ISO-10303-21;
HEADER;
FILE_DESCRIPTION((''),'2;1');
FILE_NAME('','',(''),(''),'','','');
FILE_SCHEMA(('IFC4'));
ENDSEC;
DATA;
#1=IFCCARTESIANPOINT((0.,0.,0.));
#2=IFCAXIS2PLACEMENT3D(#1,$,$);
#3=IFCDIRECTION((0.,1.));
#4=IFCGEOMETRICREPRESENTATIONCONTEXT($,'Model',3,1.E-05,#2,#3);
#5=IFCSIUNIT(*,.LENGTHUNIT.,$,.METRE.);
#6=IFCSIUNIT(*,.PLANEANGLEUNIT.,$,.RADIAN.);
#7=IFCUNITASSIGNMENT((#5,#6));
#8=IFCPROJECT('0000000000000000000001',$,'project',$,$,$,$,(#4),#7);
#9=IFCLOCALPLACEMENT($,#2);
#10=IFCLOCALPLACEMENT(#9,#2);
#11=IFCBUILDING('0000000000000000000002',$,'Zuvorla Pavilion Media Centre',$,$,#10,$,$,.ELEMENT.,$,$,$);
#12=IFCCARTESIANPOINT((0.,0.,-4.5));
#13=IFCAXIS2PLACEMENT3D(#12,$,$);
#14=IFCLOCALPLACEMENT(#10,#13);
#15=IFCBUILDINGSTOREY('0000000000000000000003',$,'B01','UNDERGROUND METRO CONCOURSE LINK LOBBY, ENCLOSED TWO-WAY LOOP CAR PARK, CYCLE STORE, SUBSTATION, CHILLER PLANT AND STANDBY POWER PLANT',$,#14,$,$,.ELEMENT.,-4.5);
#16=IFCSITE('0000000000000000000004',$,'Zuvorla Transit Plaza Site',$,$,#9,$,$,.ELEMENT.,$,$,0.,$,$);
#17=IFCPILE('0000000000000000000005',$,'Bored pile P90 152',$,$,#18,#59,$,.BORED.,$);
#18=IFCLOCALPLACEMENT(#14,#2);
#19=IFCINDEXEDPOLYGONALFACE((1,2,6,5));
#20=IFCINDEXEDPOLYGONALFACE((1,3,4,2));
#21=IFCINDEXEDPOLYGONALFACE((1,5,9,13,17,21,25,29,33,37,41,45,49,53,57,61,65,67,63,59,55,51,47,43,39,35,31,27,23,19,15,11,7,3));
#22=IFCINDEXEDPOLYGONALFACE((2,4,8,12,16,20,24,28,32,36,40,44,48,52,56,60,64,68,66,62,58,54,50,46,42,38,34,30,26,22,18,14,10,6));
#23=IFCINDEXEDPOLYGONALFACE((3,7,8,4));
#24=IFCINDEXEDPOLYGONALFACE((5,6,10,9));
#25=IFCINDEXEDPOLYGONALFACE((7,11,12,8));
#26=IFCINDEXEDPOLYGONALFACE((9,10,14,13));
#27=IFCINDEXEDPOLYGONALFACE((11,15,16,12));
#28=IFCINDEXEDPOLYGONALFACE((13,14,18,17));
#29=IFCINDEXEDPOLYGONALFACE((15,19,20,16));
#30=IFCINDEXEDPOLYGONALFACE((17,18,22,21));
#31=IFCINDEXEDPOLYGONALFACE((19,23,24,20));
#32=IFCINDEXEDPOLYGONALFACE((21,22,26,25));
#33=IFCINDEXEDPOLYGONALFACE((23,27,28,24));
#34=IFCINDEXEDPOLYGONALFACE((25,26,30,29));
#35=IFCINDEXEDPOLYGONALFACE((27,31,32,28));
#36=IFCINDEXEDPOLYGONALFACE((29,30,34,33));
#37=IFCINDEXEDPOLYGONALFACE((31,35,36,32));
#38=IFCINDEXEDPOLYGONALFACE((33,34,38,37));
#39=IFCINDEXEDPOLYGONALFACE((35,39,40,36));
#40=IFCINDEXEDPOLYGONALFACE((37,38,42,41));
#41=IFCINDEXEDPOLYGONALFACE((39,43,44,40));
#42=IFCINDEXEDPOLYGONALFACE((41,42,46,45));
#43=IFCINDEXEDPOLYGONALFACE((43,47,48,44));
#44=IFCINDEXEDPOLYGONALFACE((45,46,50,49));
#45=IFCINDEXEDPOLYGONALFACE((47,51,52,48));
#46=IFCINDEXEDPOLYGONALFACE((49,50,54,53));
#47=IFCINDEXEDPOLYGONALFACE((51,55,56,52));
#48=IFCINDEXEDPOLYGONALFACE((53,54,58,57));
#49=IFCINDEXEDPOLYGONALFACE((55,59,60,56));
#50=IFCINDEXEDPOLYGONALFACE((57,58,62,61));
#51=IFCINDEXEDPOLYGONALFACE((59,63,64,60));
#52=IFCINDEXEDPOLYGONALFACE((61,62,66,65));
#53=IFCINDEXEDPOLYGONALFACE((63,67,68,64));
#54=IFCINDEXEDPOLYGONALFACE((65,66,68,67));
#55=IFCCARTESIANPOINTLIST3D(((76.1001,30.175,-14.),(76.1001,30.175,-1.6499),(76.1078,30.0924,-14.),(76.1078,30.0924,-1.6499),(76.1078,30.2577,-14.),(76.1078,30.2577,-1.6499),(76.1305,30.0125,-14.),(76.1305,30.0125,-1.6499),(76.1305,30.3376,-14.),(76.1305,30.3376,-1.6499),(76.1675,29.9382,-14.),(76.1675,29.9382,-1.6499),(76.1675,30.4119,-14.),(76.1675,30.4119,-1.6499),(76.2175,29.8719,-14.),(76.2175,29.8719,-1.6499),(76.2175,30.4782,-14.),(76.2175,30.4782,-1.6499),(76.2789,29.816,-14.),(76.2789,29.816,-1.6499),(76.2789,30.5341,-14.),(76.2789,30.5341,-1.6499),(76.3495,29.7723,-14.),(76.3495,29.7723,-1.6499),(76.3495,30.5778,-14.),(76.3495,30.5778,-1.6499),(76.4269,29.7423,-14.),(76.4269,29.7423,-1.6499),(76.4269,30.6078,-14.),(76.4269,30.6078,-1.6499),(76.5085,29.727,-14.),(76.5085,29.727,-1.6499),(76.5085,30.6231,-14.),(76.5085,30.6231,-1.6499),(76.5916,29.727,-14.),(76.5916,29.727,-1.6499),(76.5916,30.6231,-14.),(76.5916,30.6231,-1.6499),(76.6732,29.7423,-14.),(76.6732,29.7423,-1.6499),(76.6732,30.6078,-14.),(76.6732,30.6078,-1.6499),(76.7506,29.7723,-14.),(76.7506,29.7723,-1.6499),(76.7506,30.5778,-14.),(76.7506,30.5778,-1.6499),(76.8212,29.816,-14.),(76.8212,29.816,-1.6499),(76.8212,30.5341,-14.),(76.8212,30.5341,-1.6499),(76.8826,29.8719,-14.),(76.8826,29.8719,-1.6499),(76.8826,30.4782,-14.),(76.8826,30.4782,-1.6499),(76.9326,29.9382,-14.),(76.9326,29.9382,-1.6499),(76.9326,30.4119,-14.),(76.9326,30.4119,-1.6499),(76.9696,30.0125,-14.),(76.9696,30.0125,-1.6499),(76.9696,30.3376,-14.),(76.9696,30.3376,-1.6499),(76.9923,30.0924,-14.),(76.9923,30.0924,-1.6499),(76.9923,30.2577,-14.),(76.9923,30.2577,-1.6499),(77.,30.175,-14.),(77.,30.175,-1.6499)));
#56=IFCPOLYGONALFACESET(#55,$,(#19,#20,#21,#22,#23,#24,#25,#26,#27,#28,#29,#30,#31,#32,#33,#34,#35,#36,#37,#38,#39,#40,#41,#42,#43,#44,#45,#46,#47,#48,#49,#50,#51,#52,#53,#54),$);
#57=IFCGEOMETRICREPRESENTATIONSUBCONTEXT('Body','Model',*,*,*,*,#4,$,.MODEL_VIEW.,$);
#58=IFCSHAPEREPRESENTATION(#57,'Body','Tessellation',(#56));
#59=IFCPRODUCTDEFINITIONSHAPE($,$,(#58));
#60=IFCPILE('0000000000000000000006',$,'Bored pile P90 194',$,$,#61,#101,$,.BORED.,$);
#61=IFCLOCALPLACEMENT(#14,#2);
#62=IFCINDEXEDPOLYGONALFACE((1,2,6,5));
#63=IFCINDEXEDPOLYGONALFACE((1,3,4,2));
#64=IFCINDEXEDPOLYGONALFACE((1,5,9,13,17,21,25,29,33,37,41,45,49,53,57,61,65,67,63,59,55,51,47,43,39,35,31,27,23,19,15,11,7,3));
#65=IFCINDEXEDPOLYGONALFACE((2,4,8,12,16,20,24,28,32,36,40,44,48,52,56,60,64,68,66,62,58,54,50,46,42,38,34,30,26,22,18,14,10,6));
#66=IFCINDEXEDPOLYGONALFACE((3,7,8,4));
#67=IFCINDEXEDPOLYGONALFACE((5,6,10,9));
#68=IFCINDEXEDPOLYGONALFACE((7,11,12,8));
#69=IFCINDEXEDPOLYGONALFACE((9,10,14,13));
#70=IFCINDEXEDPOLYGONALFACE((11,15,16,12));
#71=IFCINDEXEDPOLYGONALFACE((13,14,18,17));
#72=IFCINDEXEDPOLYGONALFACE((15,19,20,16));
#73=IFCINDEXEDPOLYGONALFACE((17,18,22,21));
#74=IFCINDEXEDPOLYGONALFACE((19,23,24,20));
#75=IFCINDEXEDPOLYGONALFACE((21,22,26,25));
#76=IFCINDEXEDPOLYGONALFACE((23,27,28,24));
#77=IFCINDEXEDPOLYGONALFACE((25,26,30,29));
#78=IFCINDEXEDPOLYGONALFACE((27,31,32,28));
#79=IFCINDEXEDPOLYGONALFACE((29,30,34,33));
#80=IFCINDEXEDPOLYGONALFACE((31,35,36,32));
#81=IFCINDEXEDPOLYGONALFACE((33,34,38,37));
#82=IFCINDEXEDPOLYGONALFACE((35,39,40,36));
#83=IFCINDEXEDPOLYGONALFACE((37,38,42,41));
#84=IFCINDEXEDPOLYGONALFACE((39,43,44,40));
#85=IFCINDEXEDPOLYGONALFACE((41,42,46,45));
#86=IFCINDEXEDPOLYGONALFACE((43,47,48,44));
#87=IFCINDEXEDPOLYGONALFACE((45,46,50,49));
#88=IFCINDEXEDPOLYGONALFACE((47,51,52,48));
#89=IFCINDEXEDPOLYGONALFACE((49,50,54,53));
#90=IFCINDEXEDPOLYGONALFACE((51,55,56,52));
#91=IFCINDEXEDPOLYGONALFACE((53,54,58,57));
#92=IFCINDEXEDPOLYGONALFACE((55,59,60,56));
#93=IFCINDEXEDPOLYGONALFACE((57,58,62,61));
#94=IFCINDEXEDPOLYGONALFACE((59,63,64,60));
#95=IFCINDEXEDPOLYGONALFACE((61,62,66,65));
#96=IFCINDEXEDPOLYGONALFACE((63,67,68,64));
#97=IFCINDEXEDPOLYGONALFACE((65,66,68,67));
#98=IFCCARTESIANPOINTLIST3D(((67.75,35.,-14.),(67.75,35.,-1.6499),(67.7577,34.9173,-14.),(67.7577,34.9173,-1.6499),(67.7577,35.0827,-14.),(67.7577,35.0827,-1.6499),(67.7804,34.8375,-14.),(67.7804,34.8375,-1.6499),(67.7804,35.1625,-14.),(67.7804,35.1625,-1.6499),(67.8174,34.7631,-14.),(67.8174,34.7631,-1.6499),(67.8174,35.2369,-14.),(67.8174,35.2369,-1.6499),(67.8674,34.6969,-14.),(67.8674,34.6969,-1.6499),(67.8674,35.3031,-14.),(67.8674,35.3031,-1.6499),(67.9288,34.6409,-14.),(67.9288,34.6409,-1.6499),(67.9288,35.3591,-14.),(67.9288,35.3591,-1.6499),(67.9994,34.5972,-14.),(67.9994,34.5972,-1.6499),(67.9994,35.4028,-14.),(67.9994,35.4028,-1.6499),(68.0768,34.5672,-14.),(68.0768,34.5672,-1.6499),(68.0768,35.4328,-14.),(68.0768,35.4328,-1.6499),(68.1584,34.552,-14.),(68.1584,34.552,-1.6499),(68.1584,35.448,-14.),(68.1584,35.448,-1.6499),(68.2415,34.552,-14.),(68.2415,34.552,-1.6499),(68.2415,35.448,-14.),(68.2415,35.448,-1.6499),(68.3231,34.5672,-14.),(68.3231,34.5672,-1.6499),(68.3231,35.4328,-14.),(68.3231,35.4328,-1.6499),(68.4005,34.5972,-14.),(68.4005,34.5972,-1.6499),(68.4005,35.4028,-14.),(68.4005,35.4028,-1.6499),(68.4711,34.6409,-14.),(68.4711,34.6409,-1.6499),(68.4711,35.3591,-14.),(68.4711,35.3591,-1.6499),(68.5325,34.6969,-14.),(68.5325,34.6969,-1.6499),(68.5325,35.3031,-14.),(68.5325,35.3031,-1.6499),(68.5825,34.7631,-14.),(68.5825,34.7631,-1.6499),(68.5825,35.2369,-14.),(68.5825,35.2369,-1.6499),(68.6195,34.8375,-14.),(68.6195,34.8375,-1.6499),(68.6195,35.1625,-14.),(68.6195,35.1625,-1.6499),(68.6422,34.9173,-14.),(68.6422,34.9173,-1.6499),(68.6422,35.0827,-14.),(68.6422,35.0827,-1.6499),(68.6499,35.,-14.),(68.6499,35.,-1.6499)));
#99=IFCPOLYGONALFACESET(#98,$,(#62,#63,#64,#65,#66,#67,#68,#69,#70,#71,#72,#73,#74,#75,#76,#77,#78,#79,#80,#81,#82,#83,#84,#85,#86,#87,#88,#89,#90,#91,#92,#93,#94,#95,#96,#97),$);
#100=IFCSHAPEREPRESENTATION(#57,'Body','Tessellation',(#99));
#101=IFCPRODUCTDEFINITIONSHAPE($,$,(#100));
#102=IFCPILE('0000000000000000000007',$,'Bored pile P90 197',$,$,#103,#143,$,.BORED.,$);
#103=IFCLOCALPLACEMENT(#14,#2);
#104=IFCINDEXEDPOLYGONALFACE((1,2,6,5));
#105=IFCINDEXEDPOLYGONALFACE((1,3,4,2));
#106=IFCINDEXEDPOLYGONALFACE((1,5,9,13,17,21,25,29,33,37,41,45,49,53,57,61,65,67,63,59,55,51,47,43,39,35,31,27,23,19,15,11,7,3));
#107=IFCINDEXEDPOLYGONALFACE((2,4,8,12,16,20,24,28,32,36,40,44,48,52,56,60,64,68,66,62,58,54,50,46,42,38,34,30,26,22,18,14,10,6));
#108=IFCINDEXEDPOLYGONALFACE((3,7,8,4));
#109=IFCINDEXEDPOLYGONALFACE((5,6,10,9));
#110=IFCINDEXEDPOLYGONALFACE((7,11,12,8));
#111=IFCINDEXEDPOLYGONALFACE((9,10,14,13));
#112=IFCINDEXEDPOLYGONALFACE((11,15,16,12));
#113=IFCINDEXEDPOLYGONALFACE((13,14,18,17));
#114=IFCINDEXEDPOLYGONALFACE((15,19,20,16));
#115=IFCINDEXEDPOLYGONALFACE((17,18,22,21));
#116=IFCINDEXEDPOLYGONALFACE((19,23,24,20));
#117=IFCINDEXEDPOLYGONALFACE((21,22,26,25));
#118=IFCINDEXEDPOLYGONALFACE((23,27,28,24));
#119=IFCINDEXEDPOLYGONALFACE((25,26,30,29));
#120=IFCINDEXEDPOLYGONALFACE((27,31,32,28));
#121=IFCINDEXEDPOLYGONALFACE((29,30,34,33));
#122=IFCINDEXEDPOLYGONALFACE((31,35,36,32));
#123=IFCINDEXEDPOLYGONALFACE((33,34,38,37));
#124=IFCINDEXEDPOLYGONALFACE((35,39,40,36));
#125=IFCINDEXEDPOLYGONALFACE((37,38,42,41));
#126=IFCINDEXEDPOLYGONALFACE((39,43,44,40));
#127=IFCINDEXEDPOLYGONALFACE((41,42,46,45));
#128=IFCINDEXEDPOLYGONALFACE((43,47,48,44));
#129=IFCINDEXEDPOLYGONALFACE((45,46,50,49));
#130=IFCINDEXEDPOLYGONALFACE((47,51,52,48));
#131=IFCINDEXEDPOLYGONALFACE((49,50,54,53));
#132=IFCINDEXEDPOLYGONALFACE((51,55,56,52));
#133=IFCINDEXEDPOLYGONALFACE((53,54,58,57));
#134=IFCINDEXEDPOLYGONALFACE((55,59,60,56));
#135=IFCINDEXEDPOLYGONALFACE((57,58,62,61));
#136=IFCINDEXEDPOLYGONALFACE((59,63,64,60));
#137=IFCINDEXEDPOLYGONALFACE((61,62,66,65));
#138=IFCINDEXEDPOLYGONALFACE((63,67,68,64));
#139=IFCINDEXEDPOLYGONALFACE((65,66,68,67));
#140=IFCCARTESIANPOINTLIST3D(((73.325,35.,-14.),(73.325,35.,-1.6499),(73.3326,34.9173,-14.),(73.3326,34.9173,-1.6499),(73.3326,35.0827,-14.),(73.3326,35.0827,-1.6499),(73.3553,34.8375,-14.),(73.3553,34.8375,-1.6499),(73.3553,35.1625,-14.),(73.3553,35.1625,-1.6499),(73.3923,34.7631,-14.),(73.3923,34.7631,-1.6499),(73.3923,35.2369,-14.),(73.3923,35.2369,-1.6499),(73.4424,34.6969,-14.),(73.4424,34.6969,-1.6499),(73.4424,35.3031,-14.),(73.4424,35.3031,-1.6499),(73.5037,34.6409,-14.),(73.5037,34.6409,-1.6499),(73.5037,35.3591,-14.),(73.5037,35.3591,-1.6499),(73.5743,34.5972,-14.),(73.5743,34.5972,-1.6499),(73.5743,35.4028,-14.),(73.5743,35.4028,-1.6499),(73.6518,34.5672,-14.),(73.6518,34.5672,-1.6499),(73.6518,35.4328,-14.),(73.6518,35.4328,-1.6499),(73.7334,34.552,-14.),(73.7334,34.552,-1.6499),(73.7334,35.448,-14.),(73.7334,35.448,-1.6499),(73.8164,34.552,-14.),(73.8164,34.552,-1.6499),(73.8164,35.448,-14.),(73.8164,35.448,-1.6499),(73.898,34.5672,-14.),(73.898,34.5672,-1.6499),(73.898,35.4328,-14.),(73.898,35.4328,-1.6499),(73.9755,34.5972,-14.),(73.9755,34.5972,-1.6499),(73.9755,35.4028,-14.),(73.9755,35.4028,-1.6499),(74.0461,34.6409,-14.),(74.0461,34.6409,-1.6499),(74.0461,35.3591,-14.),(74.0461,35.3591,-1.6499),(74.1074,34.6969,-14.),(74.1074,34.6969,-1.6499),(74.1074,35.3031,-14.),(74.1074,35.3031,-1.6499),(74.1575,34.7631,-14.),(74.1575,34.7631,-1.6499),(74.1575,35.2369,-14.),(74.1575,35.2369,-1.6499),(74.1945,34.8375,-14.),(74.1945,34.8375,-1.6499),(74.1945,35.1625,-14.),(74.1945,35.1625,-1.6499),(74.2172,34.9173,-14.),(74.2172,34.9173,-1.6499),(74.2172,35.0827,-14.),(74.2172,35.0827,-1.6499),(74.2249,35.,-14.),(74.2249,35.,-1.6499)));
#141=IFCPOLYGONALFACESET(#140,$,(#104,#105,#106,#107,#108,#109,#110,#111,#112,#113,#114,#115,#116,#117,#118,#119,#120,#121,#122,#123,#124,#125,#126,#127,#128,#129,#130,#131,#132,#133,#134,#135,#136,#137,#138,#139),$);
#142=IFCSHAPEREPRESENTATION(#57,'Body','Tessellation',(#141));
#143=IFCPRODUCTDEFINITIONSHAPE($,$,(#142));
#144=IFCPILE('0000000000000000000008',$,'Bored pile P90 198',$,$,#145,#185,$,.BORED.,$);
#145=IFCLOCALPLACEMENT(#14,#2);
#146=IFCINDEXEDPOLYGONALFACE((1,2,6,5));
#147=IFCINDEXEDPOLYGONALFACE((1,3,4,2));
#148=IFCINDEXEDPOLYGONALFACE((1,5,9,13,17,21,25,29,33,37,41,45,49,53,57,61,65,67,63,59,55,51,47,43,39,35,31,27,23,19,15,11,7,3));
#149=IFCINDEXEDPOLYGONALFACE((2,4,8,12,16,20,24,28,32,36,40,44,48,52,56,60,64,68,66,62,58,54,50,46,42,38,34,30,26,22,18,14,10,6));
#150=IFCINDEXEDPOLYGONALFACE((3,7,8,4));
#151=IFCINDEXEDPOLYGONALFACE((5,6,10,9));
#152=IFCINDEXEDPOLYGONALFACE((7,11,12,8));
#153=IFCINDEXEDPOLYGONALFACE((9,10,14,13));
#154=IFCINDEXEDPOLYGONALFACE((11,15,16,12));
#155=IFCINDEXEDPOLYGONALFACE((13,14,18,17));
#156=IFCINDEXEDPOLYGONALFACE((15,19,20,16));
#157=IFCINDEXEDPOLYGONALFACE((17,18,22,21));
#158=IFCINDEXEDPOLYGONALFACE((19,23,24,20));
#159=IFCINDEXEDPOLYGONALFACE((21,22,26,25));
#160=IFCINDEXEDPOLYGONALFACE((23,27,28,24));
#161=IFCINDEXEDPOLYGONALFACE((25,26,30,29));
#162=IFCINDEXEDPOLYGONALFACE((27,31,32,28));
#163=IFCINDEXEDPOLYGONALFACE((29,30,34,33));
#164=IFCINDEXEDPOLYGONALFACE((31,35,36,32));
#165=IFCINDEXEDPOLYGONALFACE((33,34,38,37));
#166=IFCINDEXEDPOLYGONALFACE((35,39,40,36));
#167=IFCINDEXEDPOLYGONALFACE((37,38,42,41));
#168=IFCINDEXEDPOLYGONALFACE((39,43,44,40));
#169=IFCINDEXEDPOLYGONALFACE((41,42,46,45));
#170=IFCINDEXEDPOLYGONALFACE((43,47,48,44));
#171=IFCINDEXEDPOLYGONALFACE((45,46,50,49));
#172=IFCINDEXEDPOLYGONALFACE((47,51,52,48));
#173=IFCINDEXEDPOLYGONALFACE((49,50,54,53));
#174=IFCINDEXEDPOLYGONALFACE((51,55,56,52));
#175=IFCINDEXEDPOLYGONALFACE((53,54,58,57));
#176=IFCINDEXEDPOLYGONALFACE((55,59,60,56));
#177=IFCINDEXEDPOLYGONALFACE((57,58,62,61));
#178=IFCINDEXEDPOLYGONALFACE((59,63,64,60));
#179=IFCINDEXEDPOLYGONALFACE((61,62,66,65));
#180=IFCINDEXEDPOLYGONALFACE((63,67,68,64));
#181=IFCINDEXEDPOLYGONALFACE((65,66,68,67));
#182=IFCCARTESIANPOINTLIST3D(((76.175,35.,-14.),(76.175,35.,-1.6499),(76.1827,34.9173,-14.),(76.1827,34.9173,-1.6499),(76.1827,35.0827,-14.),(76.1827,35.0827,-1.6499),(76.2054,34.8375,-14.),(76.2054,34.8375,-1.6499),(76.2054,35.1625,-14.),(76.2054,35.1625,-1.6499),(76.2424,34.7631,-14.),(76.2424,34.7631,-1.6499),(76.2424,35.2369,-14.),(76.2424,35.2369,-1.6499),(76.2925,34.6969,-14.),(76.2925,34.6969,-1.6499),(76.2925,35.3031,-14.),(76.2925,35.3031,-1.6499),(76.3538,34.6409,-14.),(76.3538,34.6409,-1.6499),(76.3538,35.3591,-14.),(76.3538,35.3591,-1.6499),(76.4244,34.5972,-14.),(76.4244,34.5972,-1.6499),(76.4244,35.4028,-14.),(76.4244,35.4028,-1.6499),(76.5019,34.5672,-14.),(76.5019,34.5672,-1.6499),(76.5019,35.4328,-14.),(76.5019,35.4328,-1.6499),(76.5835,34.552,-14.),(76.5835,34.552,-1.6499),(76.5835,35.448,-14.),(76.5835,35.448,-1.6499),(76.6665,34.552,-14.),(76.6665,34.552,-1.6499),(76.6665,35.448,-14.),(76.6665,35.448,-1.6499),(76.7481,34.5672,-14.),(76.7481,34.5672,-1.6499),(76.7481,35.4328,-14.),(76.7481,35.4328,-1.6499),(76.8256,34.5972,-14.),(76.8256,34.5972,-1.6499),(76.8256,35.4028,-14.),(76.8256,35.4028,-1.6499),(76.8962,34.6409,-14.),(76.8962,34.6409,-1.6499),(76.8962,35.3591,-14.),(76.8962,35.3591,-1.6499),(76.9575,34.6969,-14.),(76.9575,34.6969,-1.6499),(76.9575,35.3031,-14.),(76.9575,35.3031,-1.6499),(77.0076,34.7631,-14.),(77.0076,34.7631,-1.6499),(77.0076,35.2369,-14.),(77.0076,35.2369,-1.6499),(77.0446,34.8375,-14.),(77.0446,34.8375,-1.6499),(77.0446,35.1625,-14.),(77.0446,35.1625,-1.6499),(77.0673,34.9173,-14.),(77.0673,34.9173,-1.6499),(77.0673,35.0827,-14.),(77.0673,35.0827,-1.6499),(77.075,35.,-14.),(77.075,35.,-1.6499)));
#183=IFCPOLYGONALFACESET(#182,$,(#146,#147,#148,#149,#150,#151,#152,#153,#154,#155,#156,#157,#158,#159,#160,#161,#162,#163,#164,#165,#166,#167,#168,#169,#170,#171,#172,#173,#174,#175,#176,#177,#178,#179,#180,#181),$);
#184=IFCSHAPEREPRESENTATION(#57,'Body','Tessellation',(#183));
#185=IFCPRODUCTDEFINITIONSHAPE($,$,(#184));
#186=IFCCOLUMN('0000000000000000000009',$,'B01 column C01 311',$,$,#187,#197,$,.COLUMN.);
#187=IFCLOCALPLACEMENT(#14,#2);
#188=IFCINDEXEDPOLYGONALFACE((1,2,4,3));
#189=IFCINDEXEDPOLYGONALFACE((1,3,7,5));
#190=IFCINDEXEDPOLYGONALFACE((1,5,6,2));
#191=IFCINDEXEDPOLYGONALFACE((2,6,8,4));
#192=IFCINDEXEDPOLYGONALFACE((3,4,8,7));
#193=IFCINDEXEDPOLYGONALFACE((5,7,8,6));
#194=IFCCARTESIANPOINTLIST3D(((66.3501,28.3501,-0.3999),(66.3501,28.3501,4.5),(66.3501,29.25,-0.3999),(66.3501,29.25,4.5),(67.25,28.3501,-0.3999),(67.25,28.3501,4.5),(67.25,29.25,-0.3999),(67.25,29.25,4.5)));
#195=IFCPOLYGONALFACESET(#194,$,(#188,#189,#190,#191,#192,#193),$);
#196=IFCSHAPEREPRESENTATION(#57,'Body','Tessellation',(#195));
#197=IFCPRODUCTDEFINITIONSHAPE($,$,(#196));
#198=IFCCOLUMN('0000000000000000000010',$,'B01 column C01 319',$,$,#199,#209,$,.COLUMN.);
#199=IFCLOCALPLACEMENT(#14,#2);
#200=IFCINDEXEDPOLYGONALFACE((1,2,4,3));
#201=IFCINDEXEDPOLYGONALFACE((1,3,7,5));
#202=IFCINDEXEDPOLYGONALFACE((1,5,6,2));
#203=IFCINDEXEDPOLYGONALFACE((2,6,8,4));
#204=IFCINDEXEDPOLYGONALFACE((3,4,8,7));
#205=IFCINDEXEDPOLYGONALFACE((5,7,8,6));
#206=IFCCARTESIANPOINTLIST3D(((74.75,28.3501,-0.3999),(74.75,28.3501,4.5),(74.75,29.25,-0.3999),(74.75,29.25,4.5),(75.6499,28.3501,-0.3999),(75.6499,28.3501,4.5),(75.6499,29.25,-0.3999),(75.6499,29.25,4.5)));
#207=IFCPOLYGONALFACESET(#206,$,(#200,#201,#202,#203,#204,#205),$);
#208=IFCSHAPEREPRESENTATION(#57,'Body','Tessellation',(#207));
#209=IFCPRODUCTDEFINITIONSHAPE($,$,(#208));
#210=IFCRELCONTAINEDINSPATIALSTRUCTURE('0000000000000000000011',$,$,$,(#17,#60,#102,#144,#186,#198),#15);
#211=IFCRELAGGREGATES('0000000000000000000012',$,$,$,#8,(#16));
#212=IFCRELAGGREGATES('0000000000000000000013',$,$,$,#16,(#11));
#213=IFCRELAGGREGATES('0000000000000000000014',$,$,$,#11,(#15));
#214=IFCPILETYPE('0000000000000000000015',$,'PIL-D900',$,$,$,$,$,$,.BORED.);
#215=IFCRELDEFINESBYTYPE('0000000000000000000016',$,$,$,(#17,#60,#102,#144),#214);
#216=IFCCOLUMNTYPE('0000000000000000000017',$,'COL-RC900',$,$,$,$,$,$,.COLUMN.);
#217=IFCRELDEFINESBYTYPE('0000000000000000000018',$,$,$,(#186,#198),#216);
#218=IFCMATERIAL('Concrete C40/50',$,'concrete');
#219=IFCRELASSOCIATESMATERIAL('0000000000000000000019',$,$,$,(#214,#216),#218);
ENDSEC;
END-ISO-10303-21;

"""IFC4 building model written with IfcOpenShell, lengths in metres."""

from ifc_helpers import new_model, si_unit, direction, frame, origin, origin_2d, place, context, subcontext, project, spatial, rectangle, circle, extrude, material, material_profile, profile_set, type_object, element, save


model = new_model("IFC4")

# Units and contexts
model_context = context("Model", 3, precision=1e-05, world=origin(), true_north=direction((0.0, 1.0)))
body_context = subcontext(model_context, "Body", "Model", "MODEL_VIEW")
ifc_project = project(units=[si_unit("LENGTHUNIT", "METRE"), si_unit("PLANEANGLEUNIT", "RADIAN")], contexts=[model_context])

# Site, building, storey
site_placement = place(None, origin())
site = spatial("IfcSite", under=ifc_project, at=site_placement, Name="Zuvorla Transit Plaza Site", CompositionType="ELEMENT", RefElevation=0.0)
building_placement = place(site_placement, origin())
building = spatial("IfcBuilding", under=site, at=building_placement, Name="Zuvorla Pavilion Media Centre", CompositionType="ELEMENT")
storey_placement = place(building_placement, frame((0.0, 0.0, -4.5)))
storey = spatial("IfcBuildingStorey", under=building, at=storey_placement, Name="B01", Description="UNDERGROUND METRO CONCOURSE LINK LOBBY, ENCLOSED TWO-WAY LOOP CAR PARK, CYCLE STORE, SUBSTATION, CHILLER PLANT AND STANDBY POWER PLANT", CompositionType="ELEMENT", Elevation=-4.5)

# Shared definitions
ifc_material_1 = material(Name="Concrete C40/50", Category="concrete")

# Piles
ifc_material_profile_1 = material_profile(ifc_material_1, circle(Radius=0.45, at=origin_2d()), Name="BORED PILE 900")
ifc_profile_set_1 = profile_set([ifc_material_profile_1], Name="Concrete C40/50")
pile_type = type_object("IfcPileType", Name="PIL-D900", PredefinedType="BORED", material=ifc_profile_set_1)
for number, where, z_axis, x_axis, name in (
    (1, (76.55, 30.175, -1.6499), (0.0, 0.0, -1.0), (1.0, 0.0, 0.0), "Bored pile P90 152"),
    (2, (68.2, 35.0, -1.6499), (0.0, 0.0, -1.0), (1.0, 0.0, 0.0), "Bored pile P90 194"),
    (3, (73.7749, 35.0, -1.6499), (0.0, 0.0, -1.0), (1.0, 0.0, 0.0), "Bored pile P90 197"),
    (4, (76.625, 35.0, -1.6499), (0.0, 0.0, -1.0), (1.0, 0.0, 0.0), "Bored pile P90 198"),
):
    element("IfcPile", number, at=place(storey_placement, frame(where, z_axis=z_axis, x_axis=x_axis)), inside=storey, type_object=pile_type, Name=name, PredefinedType="BORED", context=body_context, shape_type="SweptSolid", body=[
        extrude(circle(Radius=0.45, at=origin_2d()), origin(), (0.0, 0.0, 1.0), 12.3501),
    ])

# Columns
ifc_material_profile_2 = material_profile(ifc_material_1, rectangle(XDim=0.8999, YDim=0.8999, at=origin_2d()), Name="RC 900x900")
ifc_profile_set_2 = profile_set([ifc_material_profile_2], Name="Concrete C40/50")
column_type = type_object("IfcColumnType", Name="COL-RC900", PredefinedType="COLUMN", material=ifc_profile_set_2)
for number, where, z_axis, x_axis, name in (
    (5, (66.8, 28.8, -0.3999), (0.0, 0.0, 1.0), (1.0, 0.0, 0.0), "B01 column C01 311"),
    (6, (75.2, 28.8, -0.3999), (0.0, 0.0, 1.0), (1.0, 0.0, 0.0), "B01 column C01 319"),
):
    element("IfcColumn", number, at=place(storey_placement, frame(where, z_axis=z_axis, x_axis=x_axis)), inside=storey, type_object=column_type, Name=name, PredefinedType="COLUMN", context=body_context, shape_type="SweptSolid", body=[
        extrude(rectangle(XDim=0.8999, YDim=0.8999, at=origin_2d()), origin(), (0.0, 0.0, 1.0), 4.8999),
    ])

save(model, "model.ifc")
